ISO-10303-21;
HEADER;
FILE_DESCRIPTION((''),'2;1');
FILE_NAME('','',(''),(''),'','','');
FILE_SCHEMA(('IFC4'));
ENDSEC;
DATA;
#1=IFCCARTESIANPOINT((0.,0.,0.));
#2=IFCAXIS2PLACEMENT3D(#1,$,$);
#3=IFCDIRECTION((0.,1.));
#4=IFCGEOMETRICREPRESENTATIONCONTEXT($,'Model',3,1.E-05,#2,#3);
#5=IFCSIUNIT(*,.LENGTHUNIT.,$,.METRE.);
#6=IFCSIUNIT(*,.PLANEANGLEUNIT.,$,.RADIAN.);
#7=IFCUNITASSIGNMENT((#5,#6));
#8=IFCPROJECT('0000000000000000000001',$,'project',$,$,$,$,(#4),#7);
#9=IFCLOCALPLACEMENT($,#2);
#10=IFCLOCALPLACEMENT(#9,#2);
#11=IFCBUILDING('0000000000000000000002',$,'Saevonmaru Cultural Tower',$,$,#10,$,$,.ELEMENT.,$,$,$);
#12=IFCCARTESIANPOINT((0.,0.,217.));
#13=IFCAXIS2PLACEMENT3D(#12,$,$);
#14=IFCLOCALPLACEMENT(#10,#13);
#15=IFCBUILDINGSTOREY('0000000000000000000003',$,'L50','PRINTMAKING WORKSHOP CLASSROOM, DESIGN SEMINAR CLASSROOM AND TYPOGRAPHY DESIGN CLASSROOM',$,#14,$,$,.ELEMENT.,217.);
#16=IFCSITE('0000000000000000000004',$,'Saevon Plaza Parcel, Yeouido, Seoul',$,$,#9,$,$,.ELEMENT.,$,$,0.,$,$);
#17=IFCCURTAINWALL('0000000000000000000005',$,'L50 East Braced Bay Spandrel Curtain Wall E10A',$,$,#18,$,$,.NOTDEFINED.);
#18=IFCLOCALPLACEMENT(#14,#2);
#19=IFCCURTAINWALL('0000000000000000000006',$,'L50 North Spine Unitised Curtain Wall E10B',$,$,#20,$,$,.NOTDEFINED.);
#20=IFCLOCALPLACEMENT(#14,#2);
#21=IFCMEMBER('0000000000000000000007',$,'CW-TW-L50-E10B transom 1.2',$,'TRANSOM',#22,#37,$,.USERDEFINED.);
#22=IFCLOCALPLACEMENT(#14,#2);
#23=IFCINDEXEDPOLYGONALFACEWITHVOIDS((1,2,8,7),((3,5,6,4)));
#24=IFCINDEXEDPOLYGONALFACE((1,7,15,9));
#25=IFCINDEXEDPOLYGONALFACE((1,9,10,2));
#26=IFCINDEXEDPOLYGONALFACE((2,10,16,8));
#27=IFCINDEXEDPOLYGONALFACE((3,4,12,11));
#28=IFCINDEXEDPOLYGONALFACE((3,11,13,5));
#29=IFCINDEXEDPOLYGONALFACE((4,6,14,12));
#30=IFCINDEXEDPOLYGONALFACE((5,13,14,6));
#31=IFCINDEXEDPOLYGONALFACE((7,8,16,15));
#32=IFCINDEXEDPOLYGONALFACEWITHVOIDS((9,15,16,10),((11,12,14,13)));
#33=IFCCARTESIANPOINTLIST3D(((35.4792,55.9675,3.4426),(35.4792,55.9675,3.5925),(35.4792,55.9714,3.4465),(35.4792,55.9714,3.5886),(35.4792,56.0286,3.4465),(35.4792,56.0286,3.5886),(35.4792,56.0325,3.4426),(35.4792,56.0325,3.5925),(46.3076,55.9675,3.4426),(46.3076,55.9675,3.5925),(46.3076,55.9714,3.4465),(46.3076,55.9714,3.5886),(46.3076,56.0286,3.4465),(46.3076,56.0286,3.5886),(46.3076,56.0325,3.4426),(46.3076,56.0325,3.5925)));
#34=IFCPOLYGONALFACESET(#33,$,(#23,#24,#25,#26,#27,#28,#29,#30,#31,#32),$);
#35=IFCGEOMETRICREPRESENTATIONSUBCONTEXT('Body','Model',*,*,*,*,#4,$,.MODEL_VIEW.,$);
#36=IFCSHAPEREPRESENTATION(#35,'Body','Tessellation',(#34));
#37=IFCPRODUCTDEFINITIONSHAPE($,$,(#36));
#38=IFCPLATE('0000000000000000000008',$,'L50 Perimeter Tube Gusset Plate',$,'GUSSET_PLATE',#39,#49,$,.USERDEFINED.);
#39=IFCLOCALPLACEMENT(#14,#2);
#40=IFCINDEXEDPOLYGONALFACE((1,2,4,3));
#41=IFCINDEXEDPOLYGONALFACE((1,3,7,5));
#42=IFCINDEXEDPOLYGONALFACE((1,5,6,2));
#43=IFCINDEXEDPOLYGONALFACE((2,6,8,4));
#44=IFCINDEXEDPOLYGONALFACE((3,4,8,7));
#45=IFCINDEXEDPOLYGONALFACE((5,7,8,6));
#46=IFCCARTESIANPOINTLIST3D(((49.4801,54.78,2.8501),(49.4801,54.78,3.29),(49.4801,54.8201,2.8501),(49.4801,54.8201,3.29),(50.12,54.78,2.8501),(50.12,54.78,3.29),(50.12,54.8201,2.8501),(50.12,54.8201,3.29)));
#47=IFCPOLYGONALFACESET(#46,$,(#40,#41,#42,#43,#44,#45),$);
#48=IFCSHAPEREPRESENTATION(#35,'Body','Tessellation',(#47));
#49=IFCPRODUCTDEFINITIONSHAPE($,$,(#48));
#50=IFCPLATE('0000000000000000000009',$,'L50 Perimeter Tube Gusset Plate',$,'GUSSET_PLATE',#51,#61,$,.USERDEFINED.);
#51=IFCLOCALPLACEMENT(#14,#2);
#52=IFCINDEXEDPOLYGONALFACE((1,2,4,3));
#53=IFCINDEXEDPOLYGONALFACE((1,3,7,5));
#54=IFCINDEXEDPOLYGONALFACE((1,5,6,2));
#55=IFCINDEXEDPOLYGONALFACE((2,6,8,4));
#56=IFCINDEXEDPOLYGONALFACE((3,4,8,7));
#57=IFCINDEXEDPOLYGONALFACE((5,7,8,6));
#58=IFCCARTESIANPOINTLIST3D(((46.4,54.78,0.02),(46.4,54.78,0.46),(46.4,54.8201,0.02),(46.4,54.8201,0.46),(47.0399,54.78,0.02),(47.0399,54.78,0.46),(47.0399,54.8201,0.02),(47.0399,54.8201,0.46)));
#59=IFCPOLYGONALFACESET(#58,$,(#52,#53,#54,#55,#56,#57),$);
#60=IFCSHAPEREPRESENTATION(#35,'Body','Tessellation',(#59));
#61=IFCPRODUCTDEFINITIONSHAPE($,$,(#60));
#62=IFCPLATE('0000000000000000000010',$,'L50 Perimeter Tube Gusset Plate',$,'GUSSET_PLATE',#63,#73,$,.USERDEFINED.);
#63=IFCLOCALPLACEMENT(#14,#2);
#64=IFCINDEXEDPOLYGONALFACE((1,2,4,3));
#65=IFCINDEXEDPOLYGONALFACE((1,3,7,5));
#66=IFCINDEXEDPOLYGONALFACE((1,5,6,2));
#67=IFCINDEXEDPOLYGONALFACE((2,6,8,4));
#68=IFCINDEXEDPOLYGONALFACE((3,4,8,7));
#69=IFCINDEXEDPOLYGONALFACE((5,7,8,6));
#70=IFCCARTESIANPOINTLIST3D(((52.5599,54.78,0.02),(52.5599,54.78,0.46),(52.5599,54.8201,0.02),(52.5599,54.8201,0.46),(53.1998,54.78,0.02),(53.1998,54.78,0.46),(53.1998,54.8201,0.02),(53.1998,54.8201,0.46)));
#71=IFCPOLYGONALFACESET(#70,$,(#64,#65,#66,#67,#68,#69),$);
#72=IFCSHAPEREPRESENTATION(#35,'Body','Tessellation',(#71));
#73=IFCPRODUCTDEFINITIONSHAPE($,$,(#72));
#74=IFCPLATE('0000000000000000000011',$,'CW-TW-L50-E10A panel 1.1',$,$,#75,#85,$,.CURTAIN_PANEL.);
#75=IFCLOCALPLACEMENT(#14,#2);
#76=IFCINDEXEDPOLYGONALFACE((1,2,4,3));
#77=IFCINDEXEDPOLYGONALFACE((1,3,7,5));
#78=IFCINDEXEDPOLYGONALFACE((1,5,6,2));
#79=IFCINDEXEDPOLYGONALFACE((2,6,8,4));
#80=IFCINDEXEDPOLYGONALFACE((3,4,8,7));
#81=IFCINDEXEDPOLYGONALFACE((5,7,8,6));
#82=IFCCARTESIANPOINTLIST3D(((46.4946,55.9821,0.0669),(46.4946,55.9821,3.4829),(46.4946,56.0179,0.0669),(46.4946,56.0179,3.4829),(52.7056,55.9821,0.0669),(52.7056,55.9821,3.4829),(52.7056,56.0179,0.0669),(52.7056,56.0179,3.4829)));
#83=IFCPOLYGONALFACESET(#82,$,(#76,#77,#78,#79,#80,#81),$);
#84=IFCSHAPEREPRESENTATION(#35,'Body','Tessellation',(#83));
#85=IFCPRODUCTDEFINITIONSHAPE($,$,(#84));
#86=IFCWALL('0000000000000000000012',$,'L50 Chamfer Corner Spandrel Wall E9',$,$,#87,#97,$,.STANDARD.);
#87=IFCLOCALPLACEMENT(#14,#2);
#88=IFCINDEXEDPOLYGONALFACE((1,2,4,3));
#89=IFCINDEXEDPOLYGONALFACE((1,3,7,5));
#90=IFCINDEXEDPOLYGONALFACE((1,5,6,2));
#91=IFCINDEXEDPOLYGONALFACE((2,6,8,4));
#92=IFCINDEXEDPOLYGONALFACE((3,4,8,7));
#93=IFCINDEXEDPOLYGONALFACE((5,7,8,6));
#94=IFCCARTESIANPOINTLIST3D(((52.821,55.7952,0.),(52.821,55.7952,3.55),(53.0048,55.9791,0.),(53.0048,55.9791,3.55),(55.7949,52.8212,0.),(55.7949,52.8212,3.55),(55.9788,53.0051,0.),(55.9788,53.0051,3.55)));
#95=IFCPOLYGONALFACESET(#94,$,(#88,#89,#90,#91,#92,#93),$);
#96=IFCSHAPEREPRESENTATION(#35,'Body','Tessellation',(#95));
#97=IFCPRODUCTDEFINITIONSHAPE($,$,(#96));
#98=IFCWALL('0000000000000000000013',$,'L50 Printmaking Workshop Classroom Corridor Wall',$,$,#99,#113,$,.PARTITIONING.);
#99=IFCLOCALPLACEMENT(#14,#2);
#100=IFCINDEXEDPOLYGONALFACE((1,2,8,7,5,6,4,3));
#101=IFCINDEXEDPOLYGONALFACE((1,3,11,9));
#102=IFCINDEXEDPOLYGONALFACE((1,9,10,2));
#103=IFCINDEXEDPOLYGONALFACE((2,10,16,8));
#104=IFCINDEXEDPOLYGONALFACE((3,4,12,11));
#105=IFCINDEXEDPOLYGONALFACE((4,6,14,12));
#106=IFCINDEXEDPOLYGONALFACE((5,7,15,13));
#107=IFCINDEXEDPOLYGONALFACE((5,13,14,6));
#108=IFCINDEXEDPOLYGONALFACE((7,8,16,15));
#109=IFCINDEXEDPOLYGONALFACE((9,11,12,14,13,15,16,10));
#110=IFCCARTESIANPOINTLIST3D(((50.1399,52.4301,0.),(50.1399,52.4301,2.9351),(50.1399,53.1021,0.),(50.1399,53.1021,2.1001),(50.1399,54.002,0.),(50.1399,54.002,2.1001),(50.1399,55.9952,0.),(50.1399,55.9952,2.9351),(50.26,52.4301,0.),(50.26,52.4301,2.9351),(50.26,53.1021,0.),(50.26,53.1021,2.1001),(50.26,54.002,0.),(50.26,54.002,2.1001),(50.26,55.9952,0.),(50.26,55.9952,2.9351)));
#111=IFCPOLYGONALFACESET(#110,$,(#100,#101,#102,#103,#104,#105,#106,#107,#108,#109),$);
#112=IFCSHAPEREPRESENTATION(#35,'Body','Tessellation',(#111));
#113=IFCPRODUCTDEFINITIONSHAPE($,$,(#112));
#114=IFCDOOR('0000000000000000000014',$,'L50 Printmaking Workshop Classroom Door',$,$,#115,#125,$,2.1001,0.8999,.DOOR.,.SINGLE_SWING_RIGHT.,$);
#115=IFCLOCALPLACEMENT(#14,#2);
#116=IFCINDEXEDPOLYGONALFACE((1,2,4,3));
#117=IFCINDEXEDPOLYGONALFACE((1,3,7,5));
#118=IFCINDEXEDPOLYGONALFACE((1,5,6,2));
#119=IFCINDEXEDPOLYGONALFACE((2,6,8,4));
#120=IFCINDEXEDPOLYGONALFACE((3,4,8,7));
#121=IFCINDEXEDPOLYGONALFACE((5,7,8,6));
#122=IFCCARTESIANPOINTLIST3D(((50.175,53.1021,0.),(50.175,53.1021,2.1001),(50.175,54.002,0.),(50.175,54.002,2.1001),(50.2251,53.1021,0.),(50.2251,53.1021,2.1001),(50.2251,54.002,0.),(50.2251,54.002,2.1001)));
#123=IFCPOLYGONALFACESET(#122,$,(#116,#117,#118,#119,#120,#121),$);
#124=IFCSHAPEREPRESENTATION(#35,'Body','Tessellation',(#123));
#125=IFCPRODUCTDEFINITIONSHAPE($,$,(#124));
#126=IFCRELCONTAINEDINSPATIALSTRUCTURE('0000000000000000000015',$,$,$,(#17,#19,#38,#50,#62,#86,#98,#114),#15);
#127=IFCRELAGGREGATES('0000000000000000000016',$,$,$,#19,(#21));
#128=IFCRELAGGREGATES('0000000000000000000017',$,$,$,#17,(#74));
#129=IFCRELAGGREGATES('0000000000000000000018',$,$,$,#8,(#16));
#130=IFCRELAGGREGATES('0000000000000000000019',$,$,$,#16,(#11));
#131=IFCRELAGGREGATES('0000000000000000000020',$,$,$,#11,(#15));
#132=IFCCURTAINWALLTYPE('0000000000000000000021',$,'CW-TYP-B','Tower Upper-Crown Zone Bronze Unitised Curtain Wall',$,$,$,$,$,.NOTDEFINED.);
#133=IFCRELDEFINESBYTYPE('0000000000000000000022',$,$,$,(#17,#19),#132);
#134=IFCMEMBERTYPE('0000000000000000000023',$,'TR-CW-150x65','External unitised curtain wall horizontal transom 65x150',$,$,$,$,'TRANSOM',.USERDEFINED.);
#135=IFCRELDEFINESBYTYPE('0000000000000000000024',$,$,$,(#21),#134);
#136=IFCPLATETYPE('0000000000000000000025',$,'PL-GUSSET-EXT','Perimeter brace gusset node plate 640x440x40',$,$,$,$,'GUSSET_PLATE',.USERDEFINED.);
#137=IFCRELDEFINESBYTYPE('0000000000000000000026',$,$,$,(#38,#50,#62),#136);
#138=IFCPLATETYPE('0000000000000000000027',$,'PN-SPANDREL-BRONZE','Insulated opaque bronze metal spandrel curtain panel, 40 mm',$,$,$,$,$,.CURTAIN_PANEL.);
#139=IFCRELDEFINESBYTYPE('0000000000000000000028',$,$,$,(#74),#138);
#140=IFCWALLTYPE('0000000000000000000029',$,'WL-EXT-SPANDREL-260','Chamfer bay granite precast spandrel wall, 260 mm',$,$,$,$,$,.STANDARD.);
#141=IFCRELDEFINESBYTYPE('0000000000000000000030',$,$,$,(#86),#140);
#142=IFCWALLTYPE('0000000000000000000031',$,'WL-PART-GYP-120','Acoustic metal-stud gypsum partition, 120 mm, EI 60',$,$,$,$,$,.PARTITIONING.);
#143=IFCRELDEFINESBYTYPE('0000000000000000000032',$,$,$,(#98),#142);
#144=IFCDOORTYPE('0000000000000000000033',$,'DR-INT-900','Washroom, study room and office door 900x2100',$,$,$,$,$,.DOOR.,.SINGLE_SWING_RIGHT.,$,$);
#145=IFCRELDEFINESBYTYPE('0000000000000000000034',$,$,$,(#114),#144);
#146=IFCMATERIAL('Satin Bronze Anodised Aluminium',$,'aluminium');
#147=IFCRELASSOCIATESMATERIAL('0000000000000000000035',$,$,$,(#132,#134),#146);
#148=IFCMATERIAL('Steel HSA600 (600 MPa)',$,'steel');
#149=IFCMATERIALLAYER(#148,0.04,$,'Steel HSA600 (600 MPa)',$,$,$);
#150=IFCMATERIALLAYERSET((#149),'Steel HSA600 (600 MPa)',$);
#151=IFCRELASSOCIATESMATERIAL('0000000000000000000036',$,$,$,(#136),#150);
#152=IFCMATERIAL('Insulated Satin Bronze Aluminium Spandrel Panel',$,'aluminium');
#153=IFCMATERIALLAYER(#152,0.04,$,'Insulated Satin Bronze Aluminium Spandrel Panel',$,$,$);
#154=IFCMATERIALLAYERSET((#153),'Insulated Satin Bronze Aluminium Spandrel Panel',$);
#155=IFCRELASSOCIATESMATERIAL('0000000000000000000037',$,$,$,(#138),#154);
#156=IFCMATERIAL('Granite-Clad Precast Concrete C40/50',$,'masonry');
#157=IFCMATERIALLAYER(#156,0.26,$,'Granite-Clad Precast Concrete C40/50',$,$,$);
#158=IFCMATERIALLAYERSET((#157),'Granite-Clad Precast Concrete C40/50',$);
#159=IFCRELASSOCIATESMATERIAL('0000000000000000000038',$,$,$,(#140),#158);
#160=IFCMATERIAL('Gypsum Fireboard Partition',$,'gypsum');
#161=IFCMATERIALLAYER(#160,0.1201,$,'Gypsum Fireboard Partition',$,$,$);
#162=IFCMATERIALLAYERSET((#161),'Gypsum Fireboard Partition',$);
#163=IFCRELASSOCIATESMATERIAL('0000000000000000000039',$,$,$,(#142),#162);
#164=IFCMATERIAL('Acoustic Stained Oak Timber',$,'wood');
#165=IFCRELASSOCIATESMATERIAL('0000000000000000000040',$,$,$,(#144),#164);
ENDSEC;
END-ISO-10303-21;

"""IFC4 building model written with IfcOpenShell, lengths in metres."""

from ifc_helpers import new_model, si_unit, direction, frame, frame_2d, origin, origin_2d, place, context, subcontext, project, spatial, rectangle, hollow_rectangle, extrude, material, layer, layer_set, material_profile, profile_set, type_object, element, fill, aggregate, save


model = new_model("IFC4")

# Units and contexts
model_context = context("Model", 3, precision=1e-05, world=origin(), true_north=direction((0.0, 1.0)))
body_context = subcontext(model_context, "Body", "Model", "MODEL_VIEW")
ifc_project = project(units=[si_unit("LENGTHUNIT", "METRE"), si_unit("PLANEANGLEUNIT", "RADIAN")], contexts=[model_context])

# Site, building, storey
site_placement = place(None, origin())
site = spatial("IfcSite", under=ifc_project, at=site_placement, Name="Saevon Plaza Parcel, Yeouido, Seoul", CompositionType="ELEMENT", RefElevation=0.0)
building_placement = place(site_placement, origin())
building = spatial("IfcBuilding", under=site, at=building_placement, Name="Saevonmaru Cultural Tower", CompositionType="ELEMENT")
storey_placement = place(building_placement, frame((0.0, 0.0, 217.0)))
storey = spatial("IfcBuildingStorey", under=building, at=storey_placement, Name="L50", Description="PRINTMAKING WORKSHOP CLASSROOM, DESIGN SEMINAR CLASSROOM AND TYPOGRAPHY DESIGN CLASSROOM", CompositionType="ELEMENT", Elevation=217.0)

# Shared definitions
ifc_material_1 = material(Name="Satin Bronze Anodised Aluminium", Category="aluminium")
curtain_wall_type = type_object("IfcCurtainWallType", Name="CW-TYP-B", Description="Tower Upper-Crown Zone Bronze Unitised Curtain Wall", PredefinedType="NOTDEFINED", material=ifc_material_1)

# Curtain wall
curtain_wall_1_placement = place(storey_placement, origin())
curtain_wall_1 = element("IfcCurtainWall", 1, at=curtain_wall_1_placement, inside=storey, type_object=curtain_wall_type, Name="L50 East Braced Bay Spandrel Curtain Wall E10A", PredefinedType="NOTDEFINED")

# Curtain wall
curtain_wall_2_placement = place(storey_placement, origin())
curtain_wall_2 = element("IfcCurtainWall", 2, at=curtain_wall_2_placement, inside=storey, type_object=curtain_wall_type, Name="L50 North Spine Unitised Curtain Wall E10B", PredefinedType="NOTDEFINED")

# Member
ifc_material_profile_1 = material_profile(ifc_material_1, hollow_rectangle(XDim=0.0649, YDim=0.1499, WallThickness=0.0039, at=origin_2d()), Name="ALU-TRAN-150x65x4")
ifc_profile_set_1 = profile_set([ifc_material_profile_1], Name="Satin Bronze Anodised Aluminium")
member_type_1 = type_object("IfcMemberType", Name="TR-CW-150x65", Description="External unitised curtain wall horizontal transom 65x150", ElementType="TRANSOM", PredefinedType="USERDEFINED", material=ifc_profile_set_1)
member_1_placement = place(storey_placement, frame((46.3076, 56.0, 3.5176), z_axis=(-1.0, 0.0, 0.0), x_axis=(0.0, -1.0, 0.0)))
member_1 = element("IfcMember", 3, at=member_1_placement, type_object=member_type_1, Name="CW-TW-L50-E10B transom 1.2", ObjectType="TRANSOM", PredefinedType="USERDEFINED", context=body_context, shape_type="SweptSolid", body=[
    extrude(hollow_rectangle(XDim=0.0649, YDim=0.1499, WallThickness=0.0039, at=origin_2d()), origin(), (0.0, 0.0, 1.0), 10.8284),
])
aggregate(curtain_wall_2, [member_1])

# Plates
ifc_material_2 = material(Name="Steel HSA600 (600 MPa)", Category="steel")
ifc_layer_1 = layer(ifc_material_2, 0.04, Name="Steel HSA600 (600 MPa)")
ifc_layer_set_1 = layer_set([ifc_layer_1], Name="Steel HSA600 (600 MPa)")
plate_type_1 = type_object("IfcPlateType", Name="PL-GUSSET-EXT", Description="Perimeter brace gusset node plate 640x440x40", ElementType="GUSSET_PLATE", PredefinedType="USERDEFINED", material=ifc_layer_set_1)
for number, where, z_axis, x_axis, name in (
    (4, (49.8, 54.8, 2.8501), (0.0, 0.0, 1.0), (1.0, 0.0, 0.0), "L50 Perimeter Tube Gusset Plate"),
    (5, (46.72, 54.8, 0.02), (0.0, 0.0, 1.0), (1.0, 0.0, 0.0), "L50 Perimeter Tube Gusset Plate"),
    (6, (52.8799, 54.8, 0.02), (0.0, 0.0, 1.0), (1.0, 0.0, 0.0), "L50 Perimeter Tube Gusset Plate"),
):
    element("IfcPlate", number, at=place(storey_placement, frame(where, z_axis=z_axis, x_axis=x_axis)), inside=storey, type_object=plate_type_1, Name=name, ObjectType="GUSSET_PLATE", PredefinedType="USERDEFINED", context=body_context, shape_type="SweptSolid", body=[
        extrude(rectangle(XDim=0.6399, YDim=0.04, at=origin_2d()), origin(), (0.0, 0.0, 1.0), 0.4399),
    ])

# Plate
ifc_material_3 = material(Name="Insulated Satin Bronze Aluminium Spandrel Panel", Category="aluminium")
ifc_layer_2 = layer(ifc_material_3, 0.04, Name="Insulated Satin Bronze Aluminium Spandrel Panel")
ifc_layer_set_2 = layer_set([ifc_layer_2], Name="Insulated Satin Bronze Aluminium Spandrel Panel")
plate_type_2 = type_object("IfcPlateType", Name="PN-SPANDREL-BRONZE", Description="Insulated opaque bronze metal spandrel curtain panel, 40 mm", PredefinedType="CURTAIN_PANEL", material=ifc_layer_set_2)
plate_placement = place(storey_placement, frame((49.6001, 56.0, 0.0669), z_axis=(0.0, 0.0, 1.0), x_axis=(-1.0, 0.0, 0.0)))
plate = element("IfcPlate", 7, at=plate_placement, type_object=plate_type_2, Name="CW-TW-L50-E10A panel 1.1", PredefinedType="CURTAIN_PANEL", context=body_context, shape_type="SweptSolid", body=[
    extrude(rectangle(XDim=6.2109, YDim=0.0359, at=origin_2d()), origin(), (0.0, 0.0, 1.0), 3.416),
])
aggregate(curtain_wall_1, [plate])

# Wall
ifc_material_4 = material(Name="Granite-Clad Precast Concrete C40/50", Category="masonry")
ifc_layer_3 = layer(ifc_material_4, 0.26, Name="Granite-Clad Precast Concrete C40/50")
ifc_layer_set_3 = layer_set([ifc_layer_3], Name="Granite-Clad Precast Concrete C40/50")
wall_type_1 = type_object("IfcWallType", Name="WL-EXT-SPANDREL-260", Description="Chamfer bay granite precast spandrel wall, 260 mm", PredefinedType="STANDARD", material=ifc_layer_set_3)
wall_1_placement = place(storey_placement, frame((55.887, 52.9131, 0.0), z_axis=(0.0, 0.0, 1.0), x_axis=(-0.707107, 0.707107, 0.0)))
element("IfcWall", 8, at=wall_1_placement, inside=storey, type_object=wall_type_1, Name="L50 Chamfer Corner Spandrel Wall E9", PredefinedType="STANDARD", context=body_context, shape_type="SweptSolid", body=[
    extrude(rectangle(XDim=4.2058, YDim=0.26, at=frame_2d((2.103, 0.0))), origin(), (0.0, 0.0, 1.0), 3.55),
])

# Wall, opening, door
ifc_material_5 = material(Name="Gypsum Fireboard Partition", Category="gypsum")
ifc_layer_4 = layer(ifc_material_5, 0.1201, Name="Gypsum Fireboard Partition")
ifc_layer_set_4 = layer_set([ifc_layer_4], Name="Gypsum Fireboard Partition")
wall_type_2 = type_object("IfcWallType", Name="WL-PART-GYP-120", Description="Acoustic metal-stud gypsum partition, 120 mm, EI 60", PredefinedType="PARTITIONING", material=ifc_layer_set_4)
wall_2_placement = place(storey_placement, frame((50.2, 52.4299, 0.0), z_axis=(0.0, 0.0, 1.0), x_axis=(0.0, 1.0, 0.0)))
wall_2 = element("IfcWall", 9, at=wall_2_placement, inside=storey, type_object=wall_type_2, Name="L50 Printmaking Workshop Classroom Corridor Wall", PredefinedType="PARTITIONING", context=body_context, shape_type="SweptSolid", body=[
    extrude(rectangle(XDim=3.5652, YDim=0.1201, at=frame_2d((1.7827, 0.0))), origin(), (0.0, 0.0, 1.0), 2.9351),
])
opening_placement = place(wall_2_placement, frame((0.6721, 0.0, 0.0)))
opening = element("IfcOpeningElement", 10, at=opening_placement, cuts=wall_2, PredefinedType="OPENING", context=body_context, shape_type="SweptSolid", body=[
    extrude(rectangle(XDim=0.8999, YDim=2.1001, at=frame_2d((0.45, 1.05))), frame((0.0, 0.0701, 0.0), z_axis=(0.0, -1.0, 0.0), x_axis=(1.0, 0.0, 0.0)), (0.0, 0.0, 1.0), 0.1401),
])
ifc_material_6 = material(Name="Acoustic Stained Oak Timber", Category="wood")
door_type = type_object("IfcDoorType", Name="DR-INT-900", Description="Washroom, study room and office door 900x2100", OperationType="SINGLE_SWING_RIGHT", PredefinedType="DOOR", material=ifc_material_6)
door_placement = place(opening_placement, origin())
door = element("IfcDoor", 11, at=door_placement, inside=storey, type_object=door_type, Name="L50 Printmaking Workshop Classroom Door", OperationType="SINGLE_SWING_RIGHT", OverallHeight=2.1001, OverallWidth=0.8999, PredefinedType="DOOR", context=body_context, shape_type="SweptSolid", body=[
    extrude(rectangle(XDim=0.8999, YDim=2.1001, at=frame_2d((0.45, 1.05))), frame((0.0, 0.0249, 0.0), z_axis=(0.0, -1.0, 0.0), x_axis=(1.0, 0.0, 0.0)), (0.0, 0.0, 1.0), 0.05),
])
fill(opening, door)

save(model, "model.ifc")
